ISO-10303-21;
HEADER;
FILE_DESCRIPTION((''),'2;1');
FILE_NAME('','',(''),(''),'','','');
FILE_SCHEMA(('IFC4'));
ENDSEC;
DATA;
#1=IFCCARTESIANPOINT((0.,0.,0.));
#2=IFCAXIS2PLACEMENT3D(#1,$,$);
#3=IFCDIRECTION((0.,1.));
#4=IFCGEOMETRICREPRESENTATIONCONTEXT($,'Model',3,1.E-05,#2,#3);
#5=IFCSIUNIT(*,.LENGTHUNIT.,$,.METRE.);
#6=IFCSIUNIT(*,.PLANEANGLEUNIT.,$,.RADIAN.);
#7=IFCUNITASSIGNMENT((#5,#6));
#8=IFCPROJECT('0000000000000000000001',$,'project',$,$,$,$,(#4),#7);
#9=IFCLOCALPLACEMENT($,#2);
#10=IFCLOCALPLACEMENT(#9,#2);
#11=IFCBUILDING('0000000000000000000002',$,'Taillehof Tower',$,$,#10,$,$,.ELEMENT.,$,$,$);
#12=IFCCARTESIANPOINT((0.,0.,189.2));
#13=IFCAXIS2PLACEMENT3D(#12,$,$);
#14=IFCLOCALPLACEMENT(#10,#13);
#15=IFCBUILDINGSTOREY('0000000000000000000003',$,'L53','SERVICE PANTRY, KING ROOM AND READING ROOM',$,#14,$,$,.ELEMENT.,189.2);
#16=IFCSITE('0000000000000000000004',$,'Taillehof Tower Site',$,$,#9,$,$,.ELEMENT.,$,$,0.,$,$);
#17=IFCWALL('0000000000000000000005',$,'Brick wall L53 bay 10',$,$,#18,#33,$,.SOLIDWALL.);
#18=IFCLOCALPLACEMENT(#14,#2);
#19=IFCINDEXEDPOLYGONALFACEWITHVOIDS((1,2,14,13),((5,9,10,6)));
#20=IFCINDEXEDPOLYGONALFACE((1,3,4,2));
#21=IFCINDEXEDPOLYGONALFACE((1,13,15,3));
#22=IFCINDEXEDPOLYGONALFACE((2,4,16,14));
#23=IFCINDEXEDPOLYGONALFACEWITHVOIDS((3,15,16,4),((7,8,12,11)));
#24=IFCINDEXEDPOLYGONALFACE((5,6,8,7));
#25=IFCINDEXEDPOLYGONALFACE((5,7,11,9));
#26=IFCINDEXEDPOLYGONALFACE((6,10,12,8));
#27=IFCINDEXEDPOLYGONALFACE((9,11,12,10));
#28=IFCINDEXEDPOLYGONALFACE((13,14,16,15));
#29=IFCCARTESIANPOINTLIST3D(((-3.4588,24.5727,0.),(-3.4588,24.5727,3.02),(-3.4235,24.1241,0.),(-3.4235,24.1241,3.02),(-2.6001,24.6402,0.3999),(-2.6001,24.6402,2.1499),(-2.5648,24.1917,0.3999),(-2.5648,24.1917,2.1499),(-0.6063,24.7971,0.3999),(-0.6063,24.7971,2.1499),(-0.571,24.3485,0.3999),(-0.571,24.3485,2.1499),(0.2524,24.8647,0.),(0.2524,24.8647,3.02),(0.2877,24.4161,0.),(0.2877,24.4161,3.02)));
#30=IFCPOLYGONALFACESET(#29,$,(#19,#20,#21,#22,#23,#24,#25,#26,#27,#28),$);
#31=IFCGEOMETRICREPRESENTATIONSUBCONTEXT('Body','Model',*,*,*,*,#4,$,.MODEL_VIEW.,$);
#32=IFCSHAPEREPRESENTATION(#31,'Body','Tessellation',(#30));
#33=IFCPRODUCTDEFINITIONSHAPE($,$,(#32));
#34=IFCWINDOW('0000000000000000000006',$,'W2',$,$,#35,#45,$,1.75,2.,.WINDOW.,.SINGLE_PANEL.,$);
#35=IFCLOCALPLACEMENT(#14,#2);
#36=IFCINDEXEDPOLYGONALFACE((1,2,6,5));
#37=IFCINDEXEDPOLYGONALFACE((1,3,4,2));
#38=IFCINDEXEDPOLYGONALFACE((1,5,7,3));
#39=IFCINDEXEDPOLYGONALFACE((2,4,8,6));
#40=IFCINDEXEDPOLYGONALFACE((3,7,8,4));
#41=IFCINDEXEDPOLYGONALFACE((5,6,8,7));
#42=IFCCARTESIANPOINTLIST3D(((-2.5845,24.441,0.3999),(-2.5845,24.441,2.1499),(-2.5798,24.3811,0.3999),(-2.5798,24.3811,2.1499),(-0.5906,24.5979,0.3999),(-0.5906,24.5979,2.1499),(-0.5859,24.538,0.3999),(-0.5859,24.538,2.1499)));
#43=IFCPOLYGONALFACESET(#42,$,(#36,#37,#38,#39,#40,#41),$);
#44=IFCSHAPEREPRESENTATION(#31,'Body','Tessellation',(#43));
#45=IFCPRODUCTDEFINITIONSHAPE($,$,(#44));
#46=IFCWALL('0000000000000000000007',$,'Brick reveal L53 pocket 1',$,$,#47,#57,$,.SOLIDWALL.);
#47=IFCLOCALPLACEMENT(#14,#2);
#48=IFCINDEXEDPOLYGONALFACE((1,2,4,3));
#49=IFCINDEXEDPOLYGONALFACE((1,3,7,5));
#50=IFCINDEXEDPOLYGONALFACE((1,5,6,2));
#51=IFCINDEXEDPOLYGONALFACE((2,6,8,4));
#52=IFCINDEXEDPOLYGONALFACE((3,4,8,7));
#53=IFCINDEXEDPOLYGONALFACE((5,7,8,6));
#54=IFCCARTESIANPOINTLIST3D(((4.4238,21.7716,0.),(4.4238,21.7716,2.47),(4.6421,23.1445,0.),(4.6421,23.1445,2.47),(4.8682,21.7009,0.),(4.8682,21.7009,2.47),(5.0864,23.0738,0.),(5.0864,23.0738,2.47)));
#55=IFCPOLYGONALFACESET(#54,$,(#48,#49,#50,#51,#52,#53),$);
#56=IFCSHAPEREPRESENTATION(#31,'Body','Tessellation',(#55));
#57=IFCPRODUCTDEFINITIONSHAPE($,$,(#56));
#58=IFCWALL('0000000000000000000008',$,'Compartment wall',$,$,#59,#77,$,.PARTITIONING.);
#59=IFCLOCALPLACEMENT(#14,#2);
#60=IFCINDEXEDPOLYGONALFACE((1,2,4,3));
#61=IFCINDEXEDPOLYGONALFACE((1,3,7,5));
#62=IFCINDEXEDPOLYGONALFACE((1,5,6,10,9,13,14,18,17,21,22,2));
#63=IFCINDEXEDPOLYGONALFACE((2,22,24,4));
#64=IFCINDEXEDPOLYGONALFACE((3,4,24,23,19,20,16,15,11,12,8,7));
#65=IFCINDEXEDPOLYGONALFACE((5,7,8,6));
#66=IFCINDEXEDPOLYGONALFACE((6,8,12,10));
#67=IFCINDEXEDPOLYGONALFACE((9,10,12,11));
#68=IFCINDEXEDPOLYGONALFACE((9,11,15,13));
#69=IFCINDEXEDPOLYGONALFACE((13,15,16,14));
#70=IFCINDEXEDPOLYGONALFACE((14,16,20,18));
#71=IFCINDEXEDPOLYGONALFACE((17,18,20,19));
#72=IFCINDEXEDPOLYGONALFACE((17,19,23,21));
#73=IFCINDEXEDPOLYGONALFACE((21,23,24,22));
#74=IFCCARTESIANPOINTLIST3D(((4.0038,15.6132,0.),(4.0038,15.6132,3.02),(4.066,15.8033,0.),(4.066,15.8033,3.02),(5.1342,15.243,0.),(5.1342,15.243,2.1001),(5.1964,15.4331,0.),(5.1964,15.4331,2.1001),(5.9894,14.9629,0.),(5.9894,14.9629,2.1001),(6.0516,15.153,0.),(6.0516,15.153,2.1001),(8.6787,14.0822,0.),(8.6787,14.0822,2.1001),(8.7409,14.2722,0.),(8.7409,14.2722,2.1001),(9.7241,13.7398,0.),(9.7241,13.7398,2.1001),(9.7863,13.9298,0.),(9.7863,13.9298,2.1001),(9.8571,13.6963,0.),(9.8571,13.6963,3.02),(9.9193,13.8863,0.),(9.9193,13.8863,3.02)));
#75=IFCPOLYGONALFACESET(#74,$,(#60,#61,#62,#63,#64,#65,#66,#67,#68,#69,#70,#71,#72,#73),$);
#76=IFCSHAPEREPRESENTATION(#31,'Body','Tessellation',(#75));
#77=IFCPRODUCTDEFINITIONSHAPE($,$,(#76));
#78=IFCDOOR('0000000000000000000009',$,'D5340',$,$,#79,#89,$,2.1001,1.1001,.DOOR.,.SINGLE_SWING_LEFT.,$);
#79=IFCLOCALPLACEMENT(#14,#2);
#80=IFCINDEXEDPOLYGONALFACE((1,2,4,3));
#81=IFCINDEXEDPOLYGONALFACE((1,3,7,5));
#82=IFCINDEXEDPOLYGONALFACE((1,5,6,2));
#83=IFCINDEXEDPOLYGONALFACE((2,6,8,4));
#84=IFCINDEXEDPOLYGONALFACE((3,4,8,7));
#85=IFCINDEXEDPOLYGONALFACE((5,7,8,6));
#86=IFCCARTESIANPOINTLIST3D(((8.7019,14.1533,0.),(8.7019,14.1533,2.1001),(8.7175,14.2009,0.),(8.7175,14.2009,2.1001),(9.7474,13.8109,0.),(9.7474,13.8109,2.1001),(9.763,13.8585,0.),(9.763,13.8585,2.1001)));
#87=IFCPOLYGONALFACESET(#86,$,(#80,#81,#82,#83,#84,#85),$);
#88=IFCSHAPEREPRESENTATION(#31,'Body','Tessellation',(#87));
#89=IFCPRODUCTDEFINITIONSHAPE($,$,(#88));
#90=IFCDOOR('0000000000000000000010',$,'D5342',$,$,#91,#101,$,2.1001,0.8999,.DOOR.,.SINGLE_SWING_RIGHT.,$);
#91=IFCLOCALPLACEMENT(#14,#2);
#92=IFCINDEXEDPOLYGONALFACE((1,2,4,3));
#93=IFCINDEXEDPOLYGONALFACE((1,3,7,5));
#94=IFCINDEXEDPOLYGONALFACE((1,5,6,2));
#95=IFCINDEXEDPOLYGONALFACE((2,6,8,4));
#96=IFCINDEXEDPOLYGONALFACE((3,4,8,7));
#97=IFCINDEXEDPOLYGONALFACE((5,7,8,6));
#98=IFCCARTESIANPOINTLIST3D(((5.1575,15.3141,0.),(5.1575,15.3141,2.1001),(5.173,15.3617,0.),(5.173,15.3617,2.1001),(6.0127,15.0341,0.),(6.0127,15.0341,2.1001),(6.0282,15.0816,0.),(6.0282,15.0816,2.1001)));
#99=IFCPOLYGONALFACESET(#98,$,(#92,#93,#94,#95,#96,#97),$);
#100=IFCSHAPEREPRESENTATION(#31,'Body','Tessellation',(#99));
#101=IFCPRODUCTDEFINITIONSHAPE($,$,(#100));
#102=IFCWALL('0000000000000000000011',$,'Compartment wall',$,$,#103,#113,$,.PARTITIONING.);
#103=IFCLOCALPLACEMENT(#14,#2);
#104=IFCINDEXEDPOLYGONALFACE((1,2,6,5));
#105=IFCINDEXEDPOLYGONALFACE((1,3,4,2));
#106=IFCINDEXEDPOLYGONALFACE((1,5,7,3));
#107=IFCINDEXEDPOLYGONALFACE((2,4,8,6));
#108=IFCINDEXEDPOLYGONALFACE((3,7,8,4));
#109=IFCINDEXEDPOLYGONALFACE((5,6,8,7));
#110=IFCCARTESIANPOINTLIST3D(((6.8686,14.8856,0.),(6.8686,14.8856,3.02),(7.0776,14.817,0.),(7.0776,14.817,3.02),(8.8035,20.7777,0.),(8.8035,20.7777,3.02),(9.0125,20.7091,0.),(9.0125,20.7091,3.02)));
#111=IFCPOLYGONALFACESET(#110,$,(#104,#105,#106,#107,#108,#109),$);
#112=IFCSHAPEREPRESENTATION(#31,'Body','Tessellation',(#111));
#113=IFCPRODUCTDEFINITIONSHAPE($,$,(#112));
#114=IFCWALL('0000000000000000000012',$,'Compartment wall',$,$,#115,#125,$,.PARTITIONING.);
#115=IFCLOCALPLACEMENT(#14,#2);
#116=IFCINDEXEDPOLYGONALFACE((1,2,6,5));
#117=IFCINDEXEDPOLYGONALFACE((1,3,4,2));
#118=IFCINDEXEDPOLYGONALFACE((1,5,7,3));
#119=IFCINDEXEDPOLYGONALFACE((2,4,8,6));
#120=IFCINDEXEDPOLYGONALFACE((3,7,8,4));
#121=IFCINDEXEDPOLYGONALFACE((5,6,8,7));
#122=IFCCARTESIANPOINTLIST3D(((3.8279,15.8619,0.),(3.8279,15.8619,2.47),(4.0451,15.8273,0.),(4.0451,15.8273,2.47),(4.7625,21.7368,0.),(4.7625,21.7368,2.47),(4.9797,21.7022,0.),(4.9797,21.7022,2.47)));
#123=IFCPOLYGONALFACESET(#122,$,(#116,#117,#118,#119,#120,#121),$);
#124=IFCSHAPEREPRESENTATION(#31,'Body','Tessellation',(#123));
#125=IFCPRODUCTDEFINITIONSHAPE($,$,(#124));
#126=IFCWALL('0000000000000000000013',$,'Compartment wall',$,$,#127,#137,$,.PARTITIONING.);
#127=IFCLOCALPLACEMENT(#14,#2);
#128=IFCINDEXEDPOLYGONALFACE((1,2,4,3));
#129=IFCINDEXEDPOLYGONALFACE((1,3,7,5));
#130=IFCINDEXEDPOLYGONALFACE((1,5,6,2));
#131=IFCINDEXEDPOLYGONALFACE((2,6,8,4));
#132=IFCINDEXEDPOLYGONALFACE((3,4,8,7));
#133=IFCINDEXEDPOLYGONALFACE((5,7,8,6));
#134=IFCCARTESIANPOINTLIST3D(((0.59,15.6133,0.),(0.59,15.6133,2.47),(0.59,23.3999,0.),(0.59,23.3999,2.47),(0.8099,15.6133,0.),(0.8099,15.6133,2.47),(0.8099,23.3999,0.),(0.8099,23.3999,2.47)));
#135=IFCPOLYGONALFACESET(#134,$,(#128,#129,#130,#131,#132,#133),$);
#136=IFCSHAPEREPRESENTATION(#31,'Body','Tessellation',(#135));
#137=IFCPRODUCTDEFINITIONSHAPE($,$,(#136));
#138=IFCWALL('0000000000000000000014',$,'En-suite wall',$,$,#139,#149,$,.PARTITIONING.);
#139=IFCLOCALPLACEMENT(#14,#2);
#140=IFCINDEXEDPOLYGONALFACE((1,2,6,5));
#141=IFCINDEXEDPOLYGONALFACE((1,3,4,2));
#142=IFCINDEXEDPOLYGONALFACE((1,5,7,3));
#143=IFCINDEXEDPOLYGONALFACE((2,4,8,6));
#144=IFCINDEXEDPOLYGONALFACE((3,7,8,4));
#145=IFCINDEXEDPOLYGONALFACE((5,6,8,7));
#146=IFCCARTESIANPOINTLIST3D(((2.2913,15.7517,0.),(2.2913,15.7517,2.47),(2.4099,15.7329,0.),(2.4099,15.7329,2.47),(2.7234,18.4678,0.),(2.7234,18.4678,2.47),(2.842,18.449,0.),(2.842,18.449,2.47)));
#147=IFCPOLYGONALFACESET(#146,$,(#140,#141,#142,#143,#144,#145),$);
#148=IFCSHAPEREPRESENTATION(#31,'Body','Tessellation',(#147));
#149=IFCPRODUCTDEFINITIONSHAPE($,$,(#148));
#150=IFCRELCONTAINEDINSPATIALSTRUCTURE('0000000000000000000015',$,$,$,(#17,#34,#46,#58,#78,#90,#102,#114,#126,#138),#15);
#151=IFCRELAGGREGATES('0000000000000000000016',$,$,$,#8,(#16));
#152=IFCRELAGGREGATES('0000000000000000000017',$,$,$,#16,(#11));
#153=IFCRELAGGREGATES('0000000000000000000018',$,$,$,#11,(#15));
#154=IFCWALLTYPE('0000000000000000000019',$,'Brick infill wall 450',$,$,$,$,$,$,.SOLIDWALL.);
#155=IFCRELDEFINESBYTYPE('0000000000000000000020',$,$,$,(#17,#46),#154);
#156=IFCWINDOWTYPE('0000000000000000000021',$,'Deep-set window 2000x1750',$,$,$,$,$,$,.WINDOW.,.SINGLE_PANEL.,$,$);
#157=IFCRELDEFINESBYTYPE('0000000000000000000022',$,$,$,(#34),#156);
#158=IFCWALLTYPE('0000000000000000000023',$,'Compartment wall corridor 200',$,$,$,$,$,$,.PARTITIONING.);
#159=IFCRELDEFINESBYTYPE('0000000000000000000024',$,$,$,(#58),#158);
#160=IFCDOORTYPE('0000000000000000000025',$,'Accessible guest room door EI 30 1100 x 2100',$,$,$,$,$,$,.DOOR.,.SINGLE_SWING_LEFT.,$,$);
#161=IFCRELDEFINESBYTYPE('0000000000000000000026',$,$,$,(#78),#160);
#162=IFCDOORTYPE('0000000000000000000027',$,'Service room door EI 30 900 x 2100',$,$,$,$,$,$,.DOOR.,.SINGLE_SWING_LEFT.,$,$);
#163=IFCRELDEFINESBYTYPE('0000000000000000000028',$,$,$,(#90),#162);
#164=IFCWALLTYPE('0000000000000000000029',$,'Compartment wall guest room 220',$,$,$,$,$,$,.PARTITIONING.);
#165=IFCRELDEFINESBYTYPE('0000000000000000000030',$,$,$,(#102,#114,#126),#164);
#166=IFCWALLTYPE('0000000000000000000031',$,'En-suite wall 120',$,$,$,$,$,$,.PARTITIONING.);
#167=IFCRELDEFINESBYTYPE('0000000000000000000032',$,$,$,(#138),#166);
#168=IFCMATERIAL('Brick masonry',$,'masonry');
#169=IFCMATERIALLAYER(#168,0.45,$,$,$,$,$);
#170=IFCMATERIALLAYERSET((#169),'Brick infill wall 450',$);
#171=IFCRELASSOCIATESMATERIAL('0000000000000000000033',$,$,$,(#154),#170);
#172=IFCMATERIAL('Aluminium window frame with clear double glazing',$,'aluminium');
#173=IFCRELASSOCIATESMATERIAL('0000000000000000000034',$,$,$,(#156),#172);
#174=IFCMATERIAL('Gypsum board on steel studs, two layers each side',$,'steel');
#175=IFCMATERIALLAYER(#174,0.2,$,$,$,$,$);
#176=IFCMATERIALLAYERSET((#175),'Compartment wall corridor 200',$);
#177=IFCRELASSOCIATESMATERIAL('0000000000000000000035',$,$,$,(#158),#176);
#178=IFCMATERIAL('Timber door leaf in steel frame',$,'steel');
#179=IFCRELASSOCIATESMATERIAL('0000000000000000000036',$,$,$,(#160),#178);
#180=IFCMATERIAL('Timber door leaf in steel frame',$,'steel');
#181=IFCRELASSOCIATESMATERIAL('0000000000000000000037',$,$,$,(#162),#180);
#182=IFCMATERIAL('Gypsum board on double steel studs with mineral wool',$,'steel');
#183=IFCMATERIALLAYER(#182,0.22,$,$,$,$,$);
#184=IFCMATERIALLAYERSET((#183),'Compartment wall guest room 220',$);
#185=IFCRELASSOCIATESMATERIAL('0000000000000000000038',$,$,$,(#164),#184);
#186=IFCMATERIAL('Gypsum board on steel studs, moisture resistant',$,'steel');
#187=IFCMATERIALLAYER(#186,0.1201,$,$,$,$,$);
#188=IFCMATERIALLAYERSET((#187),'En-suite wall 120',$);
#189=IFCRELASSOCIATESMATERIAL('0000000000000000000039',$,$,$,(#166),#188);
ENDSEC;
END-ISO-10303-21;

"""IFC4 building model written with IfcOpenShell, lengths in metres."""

from ifc_helpers import new_model, si_unit, direction, frame, frame_2d, origin, place, context, subcontext, project, spatial, rectangle, extrude, material, layer, layer_set, type_object, element, fill, save


model = new_model("IFC4")

# Units and contexts
model_context = context("Model", 3, precision=1e-05, world=origin(), true_north=direction((0.0, 1.0)))
body_context = subcontext(model_context, "Body", "Model", "MODEL_VIEW")
ifc_project = project(units=[si_unit("LENGTHUNIT", "METRE"), si_unit("PLANEANGLEUNIT", "RADIAN")], contexts=[model_context])

# Site, building, storey
site_placement = place(None, origin())
site = spatial("IfcSite", under=ifc_project, at=site_placement, Name="Taillehof Tower Site", CompositionType="ELEMENT", RefElevation=0.0)
building_placement = place(site_placement, origin())
building = spatial("IfcBuilding", under=site, at=building_placement, Name="Taillehof Tower", CompositionType="ELEMENT")
storey_placement = place(building_placement, frame((0.0, 0.0, 189.2)))
storey = spatial("IfcBuildingStorey", under=building, at=storey_placement, Name="L53", Description="SERVICE PANTRY, KING ROOM AND READING ROOM", CompositionType="ELEMENT", Elevation=189.2)

# Wall, opening, window
ifc_material_1 = material(Name="Brick masonry", Category="masonry")
ifc_layer_1 = layer(ifc_material_1, 0.45)
ifc_layer_set_1 = layer_set([ifc_layer_1], Name="Brick infill wall 450")
wall_type_1 = type_object("IfcWallType", Name="Brick infill wall 450", PredefinedType="SOLIDWALL", material=ifc_layer_set_1)
ifc_material_2 = material(Name="Aluminium window frame with clear double glazing", Category="aluminium")
window_type_1 = type_object("IfcWindowType", Name="Deep-set window 2000x1750", PartitioningType="SINGLE_PANEL", PredefinedType="WINDOW", material=ifc_material_2)
wall_1_placement = place(storey_placement, frame((0.27, 24.6404, 0.0), z_axis=(0.0, 0.0, 1.0), x_axis=(-0.996919, -0.078437, 0.0)))
wall_1 = element("IfcWall", 1, at=wall_1_placement, inside=storey, type_object=wall_type_1, Name="Brick wall L53 bay 10", PredefinedType="SOLIDWALL", context=body_context, shape_type="SweptSolid", body=[
    extrude(rectangle(XDim=3.7227, YDim=0.45, at=frame_2d((1.8613, 0.0))), origin(), (0.0, 0.0, 1.0), 3.02),
])
opening_1_placement = place(wall_1_placement, frame((0.8613, 0.0, 0.3999)))
opening_1 = element("IfcOpeningElement", 2, at=opening_1_placement, cuts=wall_1, PredefinedType="OPENING", context=body_context, shape_type="SweptSolid", body=[
    extrude(rectangle(XDim=2.0, YDim=1.75, at=frame_2d((1.0, 0.875))), frame((0.0, 0.2349, 0.0), z_axis=(0.0, -1.0, 0.0), x_axis=(1.0, 0.0, 0.0)), (0.0, 0.0, 1.0), 0.47),
])
window_1_placement = place(opening_1_placement, origin())
window_1 = element("IfcWindow", 3, at=window_1_placement, inside=storey, type_object=window_type_1, Name="W2", OverallHeight=1.75, OverallWidth=2.0, PartitioningType="SINGLE_PANEL", PredefinedType="WINDOW", context=body_context, shape_type="SweptSolid", body=[
    extrude(rectangle(XDim=2.0, YDim=1.75, at=frame_2d((1.0, 0.875))), frame((0.0, 0.0349, 0.0), z_axis=(0.0, -1.0, 0.0), x_axis=(1.0, 0.0, 0.0)), (0.0, 0.0, 1.0), 0.0601),
])
fill(opening_1, window_1)

# Wall
wall_2_placement = place(storey_placement, frame((4.8643, 23.1091, 0.0), z_axis=(0.0, 0.0, 1.0), x_axis=(-0.157018, -0.987596, 0.0)))
element("IfcWall", 4, at=wall_2_placement, inside=storey, type_object=wall_type_1, Name="Brick reveal L53 pocket 1", PredefinedType="SOLIDWALL", context=body_context, shape_type="SweptSolid", body=[
    extrude(rectangle(XDim=1.3901, YDim=0.45, at=frame_2d((0.6951, 0.0))), origin(), (0.0, 0.0, 1.0), 2.47),
])

# Wall, openings, doors
ifc_material_3 = material(Name="Gypsum board on steel studs, two layers each side", Category="steel")
ifc_layer_2 = layer(ifc_material_3, 0.2)
ifc_layer_set_2 = layer_set([ifc_layer_2], Name="Compartment wall corridor 200")
wall_type_2 = type_object("IfcWallType", Name="Compartment wall corridor 200", PredefinedType="PARTITIONING", material=ifc_layer_set_2)
wall_3_placement = place(storey_placement, frame((4.0349, 15.7083, 0.0), z_axis=(0.0, 0.0, 1.0), x_axis=(0.950331, -0.311241, 0.0)))
wall_3 = element("IfcWall", 5, at=wall_3_placement, inside=storey, type_object=wall_type_2, Name="Compartment wall", PredefinedType="PARTITIONING", context=body_context, shape_type="SweptSolid", body=[
    extrude(rectangle(XDim=6.1592, YDim=0.2, at=frame_2d((3.0796, 0.0))), origin(), (0.0, 0.0, 1.0), 3.02),
])
opening_2_placement = place(wall_3_placement, frame((4.9192, 0.0, 0.0)))
opening_2 = element("IfcOpeningElement", 6, at=opening_2_placement, cuts=wall_3, PredefinedType="OPENING", context=body_context, shape_type="SweptSolid", body=[
    extrude(rectangle(XDim=1.1001, YDim=2.1001, at=frame_2d((0.55, 1.05))), frame((0.0, 0.1099, 0.0), z_axis=(0.0, -1.0, 0.0), x_axis=(1.0, 0.0, 0.0)), (0.0, 0.0, 1.0), 0.22),
])
opening_3_placement = place(wall_3_placement, frame((1.1895, 0.0, 0.0)))
opening_3 = element("IfcOpeningElement", 7, at=opening_3_placement, cuts=wall_3, PredefinedType="OPENING", context=body_context, shape_type="SweptSolid", body=[
    extrude(rectangle(XDim=0.8999, YDim=2.1001, at=frame_2d((0.45, 1.05))), frame((0.0, 0.1099, 0.0), z_axis=(0.0, -1.0, 0.0), x_axis=(1.0, 0.0, 0.0)), (0.0, 0.0, 1.0), 0.22),
])
ifc_material_4 = material(Name="Timber door leaf in steel frame", Category="steel")
door_type_1 = type_object("IfcDoorType", Name="Accessible guest room door EI 30 1100 x 2100", OperationType="SINGLE_SWING_LEFT", PredefinedType="DOOR", material=ifc_material_4)
door_1_placement = place(opening_2_placement, origin())
door_1 = element("IfcDoor", 8, at=door_1_placement, inside=storey, type_object=door_type_1, Name="D5340", OperationType="SINGLE_SWING_LEFT", OverallHeight=2.1001, OverallWidth=1.1001, PredefinedType="DOOR", context=body_context, shape_type="SweptSolid", body=[
    extrude(rectangle(XDim=1.1001, YDim=2.1001, at=frame_2d((0.55, 1.05))), frame((0.0, 0.0249, 0.0), z_axis=(0.0, -1.0, 0.0), x_axis=(1.0, 0.0, 0.0)), (0.0, 0.0, 1.0), 0.05),
])
fill(opening_2, door_1)
ifc_material_5 = material(Name="Timber door leaf in steel frame", Category="steel")
door_type_2 = type_object("IfcDoorType", Name="Service room door EI 30 900 x 2100", OperationType="SINGLE_SWING_LEFT", PredefinedType="DOOR", material=ifc_material_5)
door_2_placement = place(opening_3_placement, origin())
door_2 = element("IfcDoor", 9, at=door_2_placement, inside=storey, type_object=door_type_2, Name="D5342", OperationType="SINGLE_SWING_RIGHT", OverallHeight=2.1001, OverallWidth=0.8999, PredefinedType="DOOR", context=body_context, shape_type="SweptSolid", body=[
    extrude(rectangle(XDim=0.8999, YDim=2.1001, at=frame_2d((0.45, 1.05))), frame((0.0, 0.0249, 0.0), z_axis=(0.0, -1.0, 0.0), x_axis=(1.0, 0.0, 0.0)), (0.0, 0.0, 1.0), 0.05),
])
fill(opening_3, door_2)

# Walls
ifc_material_6 = material(Name="Gypsum board on double steel studs with mineral wool", Category="steel")
ifc_layer_3 = layer(ifc_material_6, 0.22)
ifc_layer_set_3 = layer_set([ifc_layer_3], Name="Compartment wall guest room 220")
wall_type_3 = type_object("IfcWallType", Name="Compartment wall guest room 220", PredefinedType="PARTITIONING", material=ifc_layer_set_3)
wall_4_placement = place(storey_placement, frame((8.908, 20.7434, 0.0), z_axis=(0.0, 0.0, 1.0), x_axis=(-0.311985, -0.950087, 0.0)))
element("IfcWall", 10, at=wall_4_placement, inside=storey, type_object=wall_type_3, Name="Compartment wall", PredefinedType="PARTITIONING", context=body_context, shape_type="SweptSolid", body=[
    extrude(rectangle(XDim=6.2017, YDim=0.22, at=frame_2d((3.1008, 0.0))), origin(), (0.0, 0.0, 1.0), 3.02),
])
wall_5_placement = place(storey_placement, frame((4.8711, 21.7195, 0.0), z_axis=(0.0, 0.0, 1.0), x_axis=(-0.157107, -0.987582, 0.0)))
element("IfcWall", 11, at=wall_5_placement, inside=storey, type_object=wall_type_3, Name="Compartment wall", PredefinedType="PARTITIONING", context=body_context, shape_type="SweptSolid", body=[
    extrude(rectangle(XDim=5.9487, YDim=0.22, at=frame_2d((2.9744, 0.0))), origin(), (0.0, 0.0, 1.0), 2.47),
])
wall_6_placement = place(storey_placement, frame((0.7, 23.3999, 0.0), z_axis=(0.0, 0.0, 1.0), x_axis=(0.0, -1.0, 0.0)))
element("IfcWall", 12, at=wall_6_placement, inside=storey, type_object=wall_type_3, Name="Compartment wall", PredefinedType="PARTITIONING", context=body_context, shape_type="SweptSolid", body=[
    extrude(rectangle(XDim=7.7866, YDim=0.22, at=frame_2d((3.8933, 0.0))), origin(), (0.0, 0.0, 1.0), 2.47),
])
ifc_material_7 = material(Name="Gypsum board on steel studs, moisture resistant", Category="steel")
ifc_layer_4 = layer(ifc_material_7, 0.1201)
ifc_layer_set_4 = layer_set([ifc_layer_4], Name="En-suite wall 120")
wall_type_4 = type_object("IfcWallType", Name="En-suite wall 120", PredefinedType="PARTITIONING", material=ifc_layer_set_4)
wall_7_placement = place(storey_placement, frame((2.3506, 15.7424, 0.0), z_axis=(0.0, 0.0, 1.0), x_axis=(0.157125, 0.987579, 0.0)))
element("IfcWall", 13, at=wall_7_placement, inside=storey, type_object=wall_type_4, Name="En-suite wall", PredefinedType="PARTITIONING", context=body_context, shape_type="SweptSolid", body=[
    extrude(rectangle(XDim=2.7502, YDim=0.1201, at=frame_2d((1.375, 0.0))), origin(), (0.0, 0.0, 1.0), 2.47),
])

save(model, "model.ifc")
